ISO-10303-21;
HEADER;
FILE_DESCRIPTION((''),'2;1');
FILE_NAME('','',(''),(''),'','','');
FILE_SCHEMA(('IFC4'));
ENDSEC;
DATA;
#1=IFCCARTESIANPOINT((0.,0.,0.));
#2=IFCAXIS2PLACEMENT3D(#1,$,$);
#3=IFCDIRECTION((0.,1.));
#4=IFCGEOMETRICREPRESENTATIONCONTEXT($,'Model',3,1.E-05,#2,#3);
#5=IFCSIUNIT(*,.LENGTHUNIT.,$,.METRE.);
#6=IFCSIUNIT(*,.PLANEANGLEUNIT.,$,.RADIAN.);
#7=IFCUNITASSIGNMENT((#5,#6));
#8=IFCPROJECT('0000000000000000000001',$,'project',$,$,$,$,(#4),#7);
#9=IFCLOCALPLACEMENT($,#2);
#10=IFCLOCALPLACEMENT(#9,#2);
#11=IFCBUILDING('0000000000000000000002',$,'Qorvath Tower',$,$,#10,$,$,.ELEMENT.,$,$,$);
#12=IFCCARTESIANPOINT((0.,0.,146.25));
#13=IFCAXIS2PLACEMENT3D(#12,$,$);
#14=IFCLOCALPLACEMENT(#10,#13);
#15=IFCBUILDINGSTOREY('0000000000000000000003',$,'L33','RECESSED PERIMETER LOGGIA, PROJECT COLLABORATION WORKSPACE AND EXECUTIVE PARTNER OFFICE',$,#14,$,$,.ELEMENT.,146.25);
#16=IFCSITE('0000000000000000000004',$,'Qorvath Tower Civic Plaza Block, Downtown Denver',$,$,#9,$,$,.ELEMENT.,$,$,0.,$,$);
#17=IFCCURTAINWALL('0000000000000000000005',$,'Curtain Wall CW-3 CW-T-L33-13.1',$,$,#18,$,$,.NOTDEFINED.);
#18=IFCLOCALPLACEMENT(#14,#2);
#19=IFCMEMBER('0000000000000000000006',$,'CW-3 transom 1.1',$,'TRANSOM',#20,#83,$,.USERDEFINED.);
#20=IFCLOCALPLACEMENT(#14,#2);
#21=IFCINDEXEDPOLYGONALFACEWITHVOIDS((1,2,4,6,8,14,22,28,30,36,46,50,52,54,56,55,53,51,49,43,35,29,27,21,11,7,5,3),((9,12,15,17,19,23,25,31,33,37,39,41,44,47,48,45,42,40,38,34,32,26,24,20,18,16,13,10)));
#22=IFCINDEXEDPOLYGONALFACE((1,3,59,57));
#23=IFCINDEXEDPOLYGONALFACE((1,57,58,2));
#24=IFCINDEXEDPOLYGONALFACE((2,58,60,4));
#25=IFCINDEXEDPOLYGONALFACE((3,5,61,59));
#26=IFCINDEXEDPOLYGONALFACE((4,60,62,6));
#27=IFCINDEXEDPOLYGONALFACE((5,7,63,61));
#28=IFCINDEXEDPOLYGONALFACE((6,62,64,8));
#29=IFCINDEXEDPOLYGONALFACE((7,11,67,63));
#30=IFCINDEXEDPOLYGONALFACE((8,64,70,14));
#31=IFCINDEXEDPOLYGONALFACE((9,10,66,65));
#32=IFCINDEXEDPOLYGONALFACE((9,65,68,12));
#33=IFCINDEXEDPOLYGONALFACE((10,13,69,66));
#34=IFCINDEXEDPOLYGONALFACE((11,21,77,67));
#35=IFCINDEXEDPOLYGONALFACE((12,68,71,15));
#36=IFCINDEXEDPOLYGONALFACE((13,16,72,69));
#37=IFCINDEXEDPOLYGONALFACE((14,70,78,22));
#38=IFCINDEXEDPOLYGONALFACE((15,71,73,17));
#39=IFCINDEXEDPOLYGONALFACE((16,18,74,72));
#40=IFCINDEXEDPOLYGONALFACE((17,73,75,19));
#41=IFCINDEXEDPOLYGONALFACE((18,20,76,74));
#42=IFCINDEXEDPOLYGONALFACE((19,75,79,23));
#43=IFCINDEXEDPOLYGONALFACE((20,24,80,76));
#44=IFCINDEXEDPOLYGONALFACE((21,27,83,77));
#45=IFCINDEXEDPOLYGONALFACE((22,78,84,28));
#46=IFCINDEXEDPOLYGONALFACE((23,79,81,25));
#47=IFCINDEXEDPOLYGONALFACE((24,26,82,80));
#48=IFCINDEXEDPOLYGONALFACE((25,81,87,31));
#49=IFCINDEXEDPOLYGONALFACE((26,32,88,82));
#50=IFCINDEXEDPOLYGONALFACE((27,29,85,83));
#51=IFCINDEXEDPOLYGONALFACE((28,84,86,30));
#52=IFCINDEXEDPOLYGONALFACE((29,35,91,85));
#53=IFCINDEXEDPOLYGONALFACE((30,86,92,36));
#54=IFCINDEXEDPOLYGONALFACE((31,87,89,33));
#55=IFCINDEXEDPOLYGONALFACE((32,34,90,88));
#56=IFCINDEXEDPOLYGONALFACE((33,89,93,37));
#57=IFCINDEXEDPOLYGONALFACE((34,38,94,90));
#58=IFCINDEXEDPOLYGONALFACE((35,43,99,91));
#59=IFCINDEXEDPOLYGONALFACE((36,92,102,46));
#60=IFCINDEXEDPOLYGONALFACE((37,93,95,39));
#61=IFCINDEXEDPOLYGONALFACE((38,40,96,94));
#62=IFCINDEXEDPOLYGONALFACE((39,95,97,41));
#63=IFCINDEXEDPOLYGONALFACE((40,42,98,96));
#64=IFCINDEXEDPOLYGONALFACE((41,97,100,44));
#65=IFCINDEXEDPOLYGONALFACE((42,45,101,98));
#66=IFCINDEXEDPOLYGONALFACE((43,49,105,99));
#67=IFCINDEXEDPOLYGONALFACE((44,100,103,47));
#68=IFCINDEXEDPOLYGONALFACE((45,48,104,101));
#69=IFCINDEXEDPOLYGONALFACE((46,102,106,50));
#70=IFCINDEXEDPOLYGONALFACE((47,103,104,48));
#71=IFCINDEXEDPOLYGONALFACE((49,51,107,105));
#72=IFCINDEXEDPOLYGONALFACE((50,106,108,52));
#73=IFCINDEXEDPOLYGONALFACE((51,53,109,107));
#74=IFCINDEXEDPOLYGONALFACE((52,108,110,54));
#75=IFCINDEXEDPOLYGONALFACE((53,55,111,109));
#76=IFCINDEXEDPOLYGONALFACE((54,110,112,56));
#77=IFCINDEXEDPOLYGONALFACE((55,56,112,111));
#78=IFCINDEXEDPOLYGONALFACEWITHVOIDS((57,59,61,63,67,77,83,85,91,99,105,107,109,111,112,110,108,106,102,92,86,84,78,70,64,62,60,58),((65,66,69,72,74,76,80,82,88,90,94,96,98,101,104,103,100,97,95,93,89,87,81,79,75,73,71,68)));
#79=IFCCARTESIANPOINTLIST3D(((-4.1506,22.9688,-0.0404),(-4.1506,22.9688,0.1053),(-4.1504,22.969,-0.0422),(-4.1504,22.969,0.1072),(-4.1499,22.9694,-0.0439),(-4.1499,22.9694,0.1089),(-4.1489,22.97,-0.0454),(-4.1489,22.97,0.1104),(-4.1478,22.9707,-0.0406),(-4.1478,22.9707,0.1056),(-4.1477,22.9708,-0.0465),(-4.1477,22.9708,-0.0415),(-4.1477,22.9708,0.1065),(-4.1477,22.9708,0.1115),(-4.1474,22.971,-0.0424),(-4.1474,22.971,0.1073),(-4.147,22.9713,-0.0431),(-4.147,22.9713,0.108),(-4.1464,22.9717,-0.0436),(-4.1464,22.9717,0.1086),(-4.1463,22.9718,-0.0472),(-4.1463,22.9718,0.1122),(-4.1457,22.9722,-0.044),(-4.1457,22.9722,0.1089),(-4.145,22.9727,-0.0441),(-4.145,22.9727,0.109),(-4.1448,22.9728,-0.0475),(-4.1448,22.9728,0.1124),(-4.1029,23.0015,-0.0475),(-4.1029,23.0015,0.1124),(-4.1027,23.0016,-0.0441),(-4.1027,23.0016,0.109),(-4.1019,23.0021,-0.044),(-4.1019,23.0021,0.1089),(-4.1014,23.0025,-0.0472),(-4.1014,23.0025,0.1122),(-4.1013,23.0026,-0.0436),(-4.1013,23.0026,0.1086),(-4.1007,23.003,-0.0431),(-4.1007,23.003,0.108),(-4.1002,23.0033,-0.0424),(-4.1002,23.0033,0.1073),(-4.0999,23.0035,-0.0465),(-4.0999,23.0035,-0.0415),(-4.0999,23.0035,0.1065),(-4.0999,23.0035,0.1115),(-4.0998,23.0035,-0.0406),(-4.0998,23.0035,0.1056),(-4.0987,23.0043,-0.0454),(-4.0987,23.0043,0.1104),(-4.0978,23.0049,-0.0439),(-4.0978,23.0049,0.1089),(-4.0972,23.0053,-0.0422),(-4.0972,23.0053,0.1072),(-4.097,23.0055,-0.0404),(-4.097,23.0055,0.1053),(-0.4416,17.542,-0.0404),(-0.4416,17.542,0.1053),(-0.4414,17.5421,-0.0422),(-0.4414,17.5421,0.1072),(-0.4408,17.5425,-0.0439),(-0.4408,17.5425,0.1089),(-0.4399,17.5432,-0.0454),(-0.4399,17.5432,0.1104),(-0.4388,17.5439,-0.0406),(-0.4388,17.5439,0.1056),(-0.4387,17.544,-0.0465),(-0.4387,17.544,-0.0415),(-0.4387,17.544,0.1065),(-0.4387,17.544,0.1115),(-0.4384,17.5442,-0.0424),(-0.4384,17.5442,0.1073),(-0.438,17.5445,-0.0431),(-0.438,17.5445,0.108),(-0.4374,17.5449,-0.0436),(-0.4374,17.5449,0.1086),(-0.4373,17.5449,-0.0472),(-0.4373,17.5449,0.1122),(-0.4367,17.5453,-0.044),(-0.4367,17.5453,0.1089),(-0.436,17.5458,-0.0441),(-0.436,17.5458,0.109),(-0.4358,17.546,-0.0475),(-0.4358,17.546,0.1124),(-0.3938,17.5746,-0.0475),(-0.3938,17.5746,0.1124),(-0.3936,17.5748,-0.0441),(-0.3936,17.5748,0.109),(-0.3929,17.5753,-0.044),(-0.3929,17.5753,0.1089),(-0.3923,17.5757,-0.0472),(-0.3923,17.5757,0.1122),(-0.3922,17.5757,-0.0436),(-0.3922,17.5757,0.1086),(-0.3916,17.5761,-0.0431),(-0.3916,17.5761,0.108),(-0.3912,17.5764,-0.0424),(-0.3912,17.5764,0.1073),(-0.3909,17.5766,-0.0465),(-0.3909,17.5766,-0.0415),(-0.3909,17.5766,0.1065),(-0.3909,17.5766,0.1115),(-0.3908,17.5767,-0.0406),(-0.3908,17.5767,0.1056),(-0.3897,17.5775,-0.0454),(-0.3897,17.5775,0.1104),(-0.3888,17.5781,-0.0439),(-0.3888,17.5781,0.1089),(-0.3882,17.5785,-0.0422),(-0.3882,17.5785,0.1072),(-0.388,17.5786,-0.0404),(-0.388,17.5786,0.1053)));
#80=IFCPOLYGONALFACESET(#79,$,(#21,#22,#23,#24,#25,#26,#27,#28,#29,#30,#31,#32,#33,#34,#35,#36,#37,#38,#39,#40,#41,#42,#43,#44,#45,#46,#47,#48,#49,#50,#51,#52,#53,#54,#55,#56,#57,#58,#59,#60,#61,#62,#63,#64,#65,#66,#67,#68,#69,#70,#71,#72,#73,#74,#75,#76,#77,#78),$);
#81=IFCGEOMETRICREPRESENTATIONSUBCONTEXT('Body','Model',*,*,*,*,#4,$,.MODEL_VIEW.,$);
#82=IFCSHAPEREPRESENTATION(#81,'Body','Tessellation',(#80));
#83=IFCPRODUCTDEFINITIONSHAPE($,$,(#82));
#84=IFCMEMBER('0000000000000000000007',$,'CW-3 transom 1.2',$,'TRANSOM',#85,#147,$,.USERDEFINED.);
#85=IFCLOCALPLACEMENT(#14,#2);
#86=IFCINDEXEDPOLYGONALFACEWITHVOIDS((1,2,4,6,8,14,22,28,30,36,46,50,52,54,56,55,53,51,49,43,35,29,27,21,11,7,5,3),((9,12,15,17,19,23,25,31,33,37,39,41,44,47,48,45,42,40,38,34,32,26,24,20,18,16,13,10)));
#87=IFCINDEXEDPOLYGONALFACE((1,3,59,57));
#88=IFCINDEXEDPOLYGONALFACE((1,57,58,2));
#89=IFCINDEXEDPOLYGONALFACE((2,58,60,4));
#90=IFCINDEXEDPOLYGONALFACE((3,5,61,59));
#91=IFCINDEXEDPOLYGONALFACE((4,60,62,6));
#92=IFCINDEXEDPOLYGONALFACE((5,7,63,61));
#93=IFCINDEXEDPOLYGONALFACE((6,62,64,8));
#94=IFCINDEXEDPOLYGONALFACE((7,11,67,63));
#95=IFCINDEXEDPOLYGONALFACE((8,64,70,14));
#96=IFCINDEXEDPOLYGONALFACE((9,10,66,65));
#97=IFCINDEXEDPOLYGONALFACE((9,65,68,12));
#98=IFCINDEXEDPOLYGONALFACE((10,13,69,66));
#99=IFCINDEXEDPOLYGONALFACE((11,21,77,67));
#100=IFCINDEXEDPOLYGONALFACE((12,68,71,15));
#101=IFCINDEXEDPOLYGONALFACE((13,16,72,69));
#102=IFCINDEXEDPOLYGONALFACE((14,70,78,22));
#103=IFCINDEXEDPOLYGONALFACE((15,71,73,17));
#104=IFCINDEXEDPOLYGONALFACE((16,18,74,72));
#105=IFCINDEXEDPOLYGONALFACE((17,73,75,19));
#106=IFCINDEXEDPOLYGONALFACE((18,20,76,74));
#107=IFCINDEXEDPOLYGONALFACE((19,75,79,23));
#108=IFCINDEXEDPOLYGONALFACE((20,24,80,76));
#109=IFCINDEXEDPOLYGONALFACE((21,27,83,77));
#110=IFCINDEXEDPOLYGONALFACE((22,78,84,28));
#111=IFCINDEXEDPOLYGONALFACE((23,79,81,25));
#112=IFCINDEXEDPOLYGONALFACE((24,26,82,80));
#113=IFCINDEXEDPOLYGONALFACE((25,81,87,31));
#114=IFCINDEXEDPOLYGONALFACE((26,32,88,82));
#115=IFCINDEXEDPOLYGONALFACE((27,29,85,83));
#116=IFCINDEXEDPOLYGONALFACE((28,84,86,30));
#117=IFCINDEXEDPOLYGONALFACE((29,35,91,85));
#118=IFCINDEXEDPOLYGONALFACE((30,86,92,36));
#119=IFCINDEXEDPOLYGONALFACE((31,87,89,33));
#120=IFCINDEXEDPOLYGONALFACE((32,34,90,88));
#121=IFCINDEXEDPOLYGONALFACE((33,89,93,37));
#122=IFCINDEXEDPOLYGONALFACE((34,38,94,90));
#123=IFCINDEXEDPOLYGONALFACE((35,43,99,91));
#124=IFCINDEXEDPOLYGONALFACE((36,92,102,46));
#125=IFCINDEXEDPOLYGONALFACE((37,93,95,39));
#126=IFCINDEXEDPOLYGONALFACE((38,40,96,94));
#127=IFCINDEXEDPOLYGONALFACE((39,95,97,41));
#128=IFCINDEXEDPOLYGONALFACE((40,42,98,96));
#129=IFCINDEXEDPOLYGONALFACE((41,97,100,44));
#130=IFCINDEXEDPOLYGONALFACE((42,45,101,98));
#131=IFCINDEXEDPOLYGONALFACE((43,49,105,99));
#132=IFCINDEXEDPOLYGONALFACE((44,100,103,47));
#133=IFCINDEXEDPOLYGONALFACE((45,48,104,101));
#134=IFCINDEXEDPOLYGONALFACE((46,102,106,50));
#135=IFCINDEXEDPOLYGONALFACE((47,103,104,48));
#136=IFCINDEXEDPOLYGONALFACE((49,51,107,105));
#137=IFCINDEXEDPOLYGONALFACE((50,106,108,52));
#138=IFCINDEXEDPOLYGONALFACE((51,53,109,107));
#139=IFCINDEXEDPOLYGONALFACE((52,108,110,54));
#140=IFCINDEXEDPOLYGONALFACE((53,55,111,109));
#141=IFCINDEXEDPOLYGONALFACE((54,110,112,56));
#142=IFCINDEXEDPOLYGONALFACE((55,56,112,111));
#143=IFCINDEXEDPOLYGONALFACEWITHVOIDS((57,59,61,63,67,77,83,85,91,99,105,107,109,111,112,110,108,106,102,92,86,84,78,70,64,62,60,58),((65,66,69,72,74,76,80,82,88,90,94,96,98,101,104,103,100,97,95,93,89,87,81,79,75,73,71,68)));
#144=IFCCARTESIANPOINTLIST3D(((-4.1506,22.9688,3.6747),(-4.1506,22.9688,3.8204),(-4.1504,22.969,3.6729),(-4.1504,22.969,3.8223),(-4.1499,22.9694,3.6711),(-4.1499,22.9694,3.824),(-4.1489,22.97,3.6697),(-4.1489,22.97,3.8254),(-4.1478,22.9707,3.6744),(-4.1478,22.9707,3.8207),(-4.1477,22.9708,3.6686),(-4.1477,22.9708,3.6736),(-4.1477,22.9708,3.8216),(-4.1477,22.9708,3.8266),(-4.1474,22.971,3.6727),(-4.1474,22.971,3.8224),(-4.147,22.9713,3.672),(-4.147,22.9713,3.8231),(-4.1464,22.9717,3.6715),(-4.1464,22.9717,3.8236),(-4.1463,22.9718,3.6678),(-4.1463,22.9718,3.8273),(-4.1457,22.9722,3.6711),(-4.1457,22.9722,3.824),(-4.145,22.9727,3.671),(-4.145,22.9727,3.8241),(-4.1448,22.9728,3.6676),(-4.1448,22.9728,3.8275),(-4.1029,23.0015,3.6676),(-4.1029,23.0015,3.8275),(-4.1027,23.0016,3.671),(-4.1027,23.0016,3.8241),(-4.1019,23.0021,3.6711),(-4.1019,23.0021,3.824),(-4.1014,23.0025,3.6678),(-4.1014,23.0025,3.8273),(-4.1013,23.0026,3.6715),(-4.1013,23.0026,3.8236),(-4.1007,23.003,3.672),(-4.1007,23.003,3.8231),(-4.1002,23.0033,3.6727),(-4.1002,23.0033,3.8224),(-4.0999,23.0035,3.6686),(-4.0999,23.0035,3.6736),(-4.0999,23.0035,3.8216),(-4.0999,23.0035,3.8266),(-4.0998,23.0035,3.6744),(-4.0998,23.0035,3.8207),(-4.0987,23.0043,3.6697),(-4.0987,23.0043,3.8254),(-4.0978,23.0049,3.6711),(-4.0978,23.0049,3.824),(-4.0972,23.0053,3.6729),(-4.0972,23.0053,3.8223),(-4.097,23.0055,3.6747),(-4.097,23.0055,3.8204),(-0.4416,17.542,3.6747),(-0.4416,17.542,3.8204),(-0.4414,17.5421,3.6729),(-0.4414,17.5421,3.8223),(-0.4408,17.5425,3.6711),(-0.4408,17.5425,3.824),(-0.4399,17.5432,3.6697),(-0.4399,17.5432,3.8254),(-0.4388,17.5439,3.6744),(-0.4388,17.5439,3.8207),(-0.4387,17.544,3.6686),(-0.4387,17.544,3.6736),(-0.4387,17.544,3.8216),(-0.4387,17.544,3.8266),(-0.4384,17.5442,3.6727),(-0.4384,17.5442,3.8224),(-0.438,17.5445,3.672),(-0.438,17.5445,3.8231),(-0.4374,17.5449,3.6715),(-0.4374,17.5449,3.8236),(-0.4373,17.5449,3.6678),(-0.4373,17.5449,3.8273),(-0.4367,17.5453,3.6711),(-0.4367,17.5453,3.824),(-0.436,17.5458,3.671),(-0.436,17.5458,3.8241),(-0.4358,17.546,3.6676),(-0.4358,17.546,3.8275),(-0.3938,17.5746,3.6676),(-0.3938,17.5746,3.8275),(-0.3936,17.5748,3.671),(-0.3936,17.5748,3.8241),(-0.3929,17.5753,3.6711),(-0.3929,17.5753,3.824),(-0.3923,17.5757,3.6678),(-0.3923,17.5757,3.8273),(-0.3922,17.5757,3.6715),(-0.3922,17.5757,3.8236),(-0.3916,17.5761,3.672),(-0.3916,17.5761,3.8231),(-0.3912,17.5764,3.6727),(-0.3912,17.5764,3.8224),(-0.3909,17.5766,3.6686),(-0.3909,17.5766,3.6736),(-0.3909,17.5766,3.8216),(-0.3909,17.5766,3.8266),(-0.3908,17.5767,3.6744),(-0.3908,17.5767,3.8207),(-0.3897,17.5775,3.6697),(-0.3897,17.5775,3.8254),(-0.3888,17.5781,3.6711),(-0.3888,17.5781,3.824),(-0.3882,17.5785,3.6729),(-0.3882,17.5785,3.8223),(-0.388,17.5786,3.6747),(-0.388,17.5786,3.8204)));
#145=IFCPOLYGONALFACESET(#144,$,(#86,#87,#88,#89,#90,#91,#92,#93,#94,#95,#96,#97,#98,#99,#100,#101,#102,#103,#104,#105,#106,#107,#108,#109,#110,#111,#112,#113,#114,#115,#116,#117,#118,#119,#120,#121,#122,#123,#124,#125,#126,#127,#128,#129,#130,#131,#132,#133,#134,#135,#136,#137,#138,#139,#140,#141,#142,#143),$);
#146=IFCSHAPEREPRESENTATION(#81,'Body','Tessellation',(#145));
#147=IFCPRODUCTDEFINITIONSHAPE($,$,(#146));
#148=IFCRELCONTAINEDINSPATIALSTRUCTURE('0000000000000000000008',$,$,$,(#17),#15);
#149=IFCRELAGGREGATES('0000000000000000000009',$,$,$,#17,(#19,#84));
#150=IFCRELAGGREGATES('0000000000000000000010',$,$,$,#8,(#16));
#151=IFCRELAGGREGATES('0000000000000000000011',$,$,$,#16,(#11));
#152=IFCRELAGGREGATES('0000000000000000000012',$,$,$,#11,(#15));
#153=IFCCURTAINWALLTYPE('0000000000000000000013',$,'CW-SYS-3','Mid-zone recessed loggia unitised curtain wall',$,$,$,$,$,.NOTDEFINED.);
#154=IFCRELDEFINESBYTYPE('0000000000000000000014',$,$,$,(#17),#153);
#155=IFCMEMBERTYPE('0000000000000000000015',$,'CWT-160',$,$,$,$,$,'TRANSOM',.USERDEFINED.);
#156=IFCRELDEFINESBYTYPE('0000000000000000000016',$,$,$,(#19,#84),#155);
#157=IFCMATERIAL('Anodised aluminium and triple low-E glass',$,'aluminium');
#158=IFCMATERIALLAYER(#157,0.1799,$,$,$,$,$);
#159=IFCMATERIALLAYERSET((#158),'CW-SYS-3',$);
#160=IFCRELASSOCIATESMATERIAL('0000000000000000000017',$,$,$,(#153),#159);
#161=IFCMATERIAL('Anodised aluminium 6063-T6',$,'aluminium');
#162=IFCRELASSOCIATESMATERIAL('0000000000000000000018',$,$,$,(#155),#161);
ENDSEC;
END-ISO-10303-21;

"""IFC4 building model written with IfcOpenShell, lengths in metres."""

from ifc_helpers import new_model, si_unit, direction, frame, origin, origin_2d, place, context, subcontext, project, spatial, hollow_rectangle, extrude, material, layer, layer_set, material_profile, profile_set, type_object, element, aggregate, save


model = new_model("IFC4")

# Units and contexts
model_context = context("Model", 3, precision=1e-05, world=origin(), true_north=direction((0.0, 1.0)))
body_context = subcontext(model_context, "Body", "Model", "MODEL_VIEW")
ifc_project = project(units=[si_unit("LENGTHUNIT", "METRE"), si_unit("PLANEANGLEUNIT", "RADIAN")], contexts=[model_context])

# Site, building, storey
site_placement = place(None, origin())
site = spatial("IfcSite", under=ifc_project, at=site_placement, Name="Qorvath Tower Civic Plaza Block, Downtown Denver", CompositionType="ELEMENT", RefElevation=0.0)
building_placement = place(site_placement, origin())
building = spatial("IfcBuilding", under=site, at=building_placement, Name="Qorvath Tower", CompositionType="ELEMENT")
storey_placement = place(building_placement, frame((0.0, 0.0, 146.25)))
storey = spatial("IfcBuildingStorey", under=building, at=storey_placement, Name="L33", Description="RECESSED PERIMETER LOGGIA, PROJECT COLLABORATION WORKSPACE AND EXECUTIVE PARTNER OFFICE", CompositionType="ELEMENT", Elevation=146.25)

# Curtain wall
ifc_material_1 = material(Name="Anodised aluminium and triple low-E glass", Category="aluminium")
ifc_layer_1 = layer(ifc_material_1, 0.1799)
ifc_layer_set_1 = layer_set([ifc_layer_1], Name="CW-SYS-3")
curtain_wall_type = type_object("IfcCurtainWallType", Name="CW-SYS-3", Description="Mid-zone recessed loggia unitised curtain wall", PredefinedType="NOTDEFINED", material=ifc_layer_set_1)
curtain_wall_1_placement = place(storey_placement, origin())
curtain_wall_1 = element("IfcCurtainWall", 1, at=curtain_wall_1_placement, inside=storey, type_object=curtain_wall_type, Name="Curtain Wall CW-3 CW-T-L33-13.1", PredefinedType="NOTDEFINED")

# Members
ifc_material_2 = material(Name="Anodised aluminium 6063-T6", Category="aluminium")
ifc_material_profile_1 = material_profile(ifc_material_2, hollow_rectangle(XDim=0.0649, YDim=0.1599, WallThickness=0.0034, InnerFilletRadius=0.0034, OuterFilletRadius=0.0071, at=origin_2d()), Name="CWT 160x65")
ifc_profile_set_1 = profile_set([ifc_material_profile_1], Name="Anodised aluminium 6063-T6")
member_type_1 = type_object("IfcMemberType", Name="CWT-160", ElementType="TRANSOM", PredefinedType="USERDEFINED", material=ifc_profile_set_1)
member_1_placement = place(storey_placement, frame((-0.4148, 17.5603, 0.0325), z_axis=(-0.564263, 0.825595, 0.0), x_axis=(-0.825595, -0.564263, 0.0)))
member_1 = element("IfcMember", 2, at=member_1_placement, type_object=member_type_1, Name="CW-3 transom 1.1", ObjectType="TRANSOM", PredefinedType="USERDEFINED", context=body_context, shape_type="SweptSolid", body=[
    extrude(hollow_rectangle(XDim=0.0649, YDim=0.1599, WallThickness=0.0034, InnerFilletRadius=0.0034, OuterFilletRadius=0.0071, at=origin_2d()), origin(), (0.0, 0.0, 1.0), 6.5732),
])
member_2_placement = place(storey_placement, frame((-0.4148, 17.5603, 3.7476), z_axis=(-0.564263, 0.825595, 0.0), x_axis=(-0.825595, -0.564263, 0.0)))
member_2 = element("IfcMember", 3, at=member_2_placement, type_object=member_type_1, Name="CW-3 transom 1.2", ObjectType="TRANSOM", PredefinedType="USERDEFINED", context=body_context, shape_type="SweptSolid", body=[
    extrude(hollow_rectangle(XDim=0.0649, YDim=0.1599, WallThickness=0.0034, InnerFilletRadius=0.0034, OuterFilletRadius=0.0071, at=origin_2d()), origin(), (0.0, 0.0, 1.0), 6.5732),
])

aggregate(curtain_wall_1, [member_1, member_2])

save(model, "model.ifc")
